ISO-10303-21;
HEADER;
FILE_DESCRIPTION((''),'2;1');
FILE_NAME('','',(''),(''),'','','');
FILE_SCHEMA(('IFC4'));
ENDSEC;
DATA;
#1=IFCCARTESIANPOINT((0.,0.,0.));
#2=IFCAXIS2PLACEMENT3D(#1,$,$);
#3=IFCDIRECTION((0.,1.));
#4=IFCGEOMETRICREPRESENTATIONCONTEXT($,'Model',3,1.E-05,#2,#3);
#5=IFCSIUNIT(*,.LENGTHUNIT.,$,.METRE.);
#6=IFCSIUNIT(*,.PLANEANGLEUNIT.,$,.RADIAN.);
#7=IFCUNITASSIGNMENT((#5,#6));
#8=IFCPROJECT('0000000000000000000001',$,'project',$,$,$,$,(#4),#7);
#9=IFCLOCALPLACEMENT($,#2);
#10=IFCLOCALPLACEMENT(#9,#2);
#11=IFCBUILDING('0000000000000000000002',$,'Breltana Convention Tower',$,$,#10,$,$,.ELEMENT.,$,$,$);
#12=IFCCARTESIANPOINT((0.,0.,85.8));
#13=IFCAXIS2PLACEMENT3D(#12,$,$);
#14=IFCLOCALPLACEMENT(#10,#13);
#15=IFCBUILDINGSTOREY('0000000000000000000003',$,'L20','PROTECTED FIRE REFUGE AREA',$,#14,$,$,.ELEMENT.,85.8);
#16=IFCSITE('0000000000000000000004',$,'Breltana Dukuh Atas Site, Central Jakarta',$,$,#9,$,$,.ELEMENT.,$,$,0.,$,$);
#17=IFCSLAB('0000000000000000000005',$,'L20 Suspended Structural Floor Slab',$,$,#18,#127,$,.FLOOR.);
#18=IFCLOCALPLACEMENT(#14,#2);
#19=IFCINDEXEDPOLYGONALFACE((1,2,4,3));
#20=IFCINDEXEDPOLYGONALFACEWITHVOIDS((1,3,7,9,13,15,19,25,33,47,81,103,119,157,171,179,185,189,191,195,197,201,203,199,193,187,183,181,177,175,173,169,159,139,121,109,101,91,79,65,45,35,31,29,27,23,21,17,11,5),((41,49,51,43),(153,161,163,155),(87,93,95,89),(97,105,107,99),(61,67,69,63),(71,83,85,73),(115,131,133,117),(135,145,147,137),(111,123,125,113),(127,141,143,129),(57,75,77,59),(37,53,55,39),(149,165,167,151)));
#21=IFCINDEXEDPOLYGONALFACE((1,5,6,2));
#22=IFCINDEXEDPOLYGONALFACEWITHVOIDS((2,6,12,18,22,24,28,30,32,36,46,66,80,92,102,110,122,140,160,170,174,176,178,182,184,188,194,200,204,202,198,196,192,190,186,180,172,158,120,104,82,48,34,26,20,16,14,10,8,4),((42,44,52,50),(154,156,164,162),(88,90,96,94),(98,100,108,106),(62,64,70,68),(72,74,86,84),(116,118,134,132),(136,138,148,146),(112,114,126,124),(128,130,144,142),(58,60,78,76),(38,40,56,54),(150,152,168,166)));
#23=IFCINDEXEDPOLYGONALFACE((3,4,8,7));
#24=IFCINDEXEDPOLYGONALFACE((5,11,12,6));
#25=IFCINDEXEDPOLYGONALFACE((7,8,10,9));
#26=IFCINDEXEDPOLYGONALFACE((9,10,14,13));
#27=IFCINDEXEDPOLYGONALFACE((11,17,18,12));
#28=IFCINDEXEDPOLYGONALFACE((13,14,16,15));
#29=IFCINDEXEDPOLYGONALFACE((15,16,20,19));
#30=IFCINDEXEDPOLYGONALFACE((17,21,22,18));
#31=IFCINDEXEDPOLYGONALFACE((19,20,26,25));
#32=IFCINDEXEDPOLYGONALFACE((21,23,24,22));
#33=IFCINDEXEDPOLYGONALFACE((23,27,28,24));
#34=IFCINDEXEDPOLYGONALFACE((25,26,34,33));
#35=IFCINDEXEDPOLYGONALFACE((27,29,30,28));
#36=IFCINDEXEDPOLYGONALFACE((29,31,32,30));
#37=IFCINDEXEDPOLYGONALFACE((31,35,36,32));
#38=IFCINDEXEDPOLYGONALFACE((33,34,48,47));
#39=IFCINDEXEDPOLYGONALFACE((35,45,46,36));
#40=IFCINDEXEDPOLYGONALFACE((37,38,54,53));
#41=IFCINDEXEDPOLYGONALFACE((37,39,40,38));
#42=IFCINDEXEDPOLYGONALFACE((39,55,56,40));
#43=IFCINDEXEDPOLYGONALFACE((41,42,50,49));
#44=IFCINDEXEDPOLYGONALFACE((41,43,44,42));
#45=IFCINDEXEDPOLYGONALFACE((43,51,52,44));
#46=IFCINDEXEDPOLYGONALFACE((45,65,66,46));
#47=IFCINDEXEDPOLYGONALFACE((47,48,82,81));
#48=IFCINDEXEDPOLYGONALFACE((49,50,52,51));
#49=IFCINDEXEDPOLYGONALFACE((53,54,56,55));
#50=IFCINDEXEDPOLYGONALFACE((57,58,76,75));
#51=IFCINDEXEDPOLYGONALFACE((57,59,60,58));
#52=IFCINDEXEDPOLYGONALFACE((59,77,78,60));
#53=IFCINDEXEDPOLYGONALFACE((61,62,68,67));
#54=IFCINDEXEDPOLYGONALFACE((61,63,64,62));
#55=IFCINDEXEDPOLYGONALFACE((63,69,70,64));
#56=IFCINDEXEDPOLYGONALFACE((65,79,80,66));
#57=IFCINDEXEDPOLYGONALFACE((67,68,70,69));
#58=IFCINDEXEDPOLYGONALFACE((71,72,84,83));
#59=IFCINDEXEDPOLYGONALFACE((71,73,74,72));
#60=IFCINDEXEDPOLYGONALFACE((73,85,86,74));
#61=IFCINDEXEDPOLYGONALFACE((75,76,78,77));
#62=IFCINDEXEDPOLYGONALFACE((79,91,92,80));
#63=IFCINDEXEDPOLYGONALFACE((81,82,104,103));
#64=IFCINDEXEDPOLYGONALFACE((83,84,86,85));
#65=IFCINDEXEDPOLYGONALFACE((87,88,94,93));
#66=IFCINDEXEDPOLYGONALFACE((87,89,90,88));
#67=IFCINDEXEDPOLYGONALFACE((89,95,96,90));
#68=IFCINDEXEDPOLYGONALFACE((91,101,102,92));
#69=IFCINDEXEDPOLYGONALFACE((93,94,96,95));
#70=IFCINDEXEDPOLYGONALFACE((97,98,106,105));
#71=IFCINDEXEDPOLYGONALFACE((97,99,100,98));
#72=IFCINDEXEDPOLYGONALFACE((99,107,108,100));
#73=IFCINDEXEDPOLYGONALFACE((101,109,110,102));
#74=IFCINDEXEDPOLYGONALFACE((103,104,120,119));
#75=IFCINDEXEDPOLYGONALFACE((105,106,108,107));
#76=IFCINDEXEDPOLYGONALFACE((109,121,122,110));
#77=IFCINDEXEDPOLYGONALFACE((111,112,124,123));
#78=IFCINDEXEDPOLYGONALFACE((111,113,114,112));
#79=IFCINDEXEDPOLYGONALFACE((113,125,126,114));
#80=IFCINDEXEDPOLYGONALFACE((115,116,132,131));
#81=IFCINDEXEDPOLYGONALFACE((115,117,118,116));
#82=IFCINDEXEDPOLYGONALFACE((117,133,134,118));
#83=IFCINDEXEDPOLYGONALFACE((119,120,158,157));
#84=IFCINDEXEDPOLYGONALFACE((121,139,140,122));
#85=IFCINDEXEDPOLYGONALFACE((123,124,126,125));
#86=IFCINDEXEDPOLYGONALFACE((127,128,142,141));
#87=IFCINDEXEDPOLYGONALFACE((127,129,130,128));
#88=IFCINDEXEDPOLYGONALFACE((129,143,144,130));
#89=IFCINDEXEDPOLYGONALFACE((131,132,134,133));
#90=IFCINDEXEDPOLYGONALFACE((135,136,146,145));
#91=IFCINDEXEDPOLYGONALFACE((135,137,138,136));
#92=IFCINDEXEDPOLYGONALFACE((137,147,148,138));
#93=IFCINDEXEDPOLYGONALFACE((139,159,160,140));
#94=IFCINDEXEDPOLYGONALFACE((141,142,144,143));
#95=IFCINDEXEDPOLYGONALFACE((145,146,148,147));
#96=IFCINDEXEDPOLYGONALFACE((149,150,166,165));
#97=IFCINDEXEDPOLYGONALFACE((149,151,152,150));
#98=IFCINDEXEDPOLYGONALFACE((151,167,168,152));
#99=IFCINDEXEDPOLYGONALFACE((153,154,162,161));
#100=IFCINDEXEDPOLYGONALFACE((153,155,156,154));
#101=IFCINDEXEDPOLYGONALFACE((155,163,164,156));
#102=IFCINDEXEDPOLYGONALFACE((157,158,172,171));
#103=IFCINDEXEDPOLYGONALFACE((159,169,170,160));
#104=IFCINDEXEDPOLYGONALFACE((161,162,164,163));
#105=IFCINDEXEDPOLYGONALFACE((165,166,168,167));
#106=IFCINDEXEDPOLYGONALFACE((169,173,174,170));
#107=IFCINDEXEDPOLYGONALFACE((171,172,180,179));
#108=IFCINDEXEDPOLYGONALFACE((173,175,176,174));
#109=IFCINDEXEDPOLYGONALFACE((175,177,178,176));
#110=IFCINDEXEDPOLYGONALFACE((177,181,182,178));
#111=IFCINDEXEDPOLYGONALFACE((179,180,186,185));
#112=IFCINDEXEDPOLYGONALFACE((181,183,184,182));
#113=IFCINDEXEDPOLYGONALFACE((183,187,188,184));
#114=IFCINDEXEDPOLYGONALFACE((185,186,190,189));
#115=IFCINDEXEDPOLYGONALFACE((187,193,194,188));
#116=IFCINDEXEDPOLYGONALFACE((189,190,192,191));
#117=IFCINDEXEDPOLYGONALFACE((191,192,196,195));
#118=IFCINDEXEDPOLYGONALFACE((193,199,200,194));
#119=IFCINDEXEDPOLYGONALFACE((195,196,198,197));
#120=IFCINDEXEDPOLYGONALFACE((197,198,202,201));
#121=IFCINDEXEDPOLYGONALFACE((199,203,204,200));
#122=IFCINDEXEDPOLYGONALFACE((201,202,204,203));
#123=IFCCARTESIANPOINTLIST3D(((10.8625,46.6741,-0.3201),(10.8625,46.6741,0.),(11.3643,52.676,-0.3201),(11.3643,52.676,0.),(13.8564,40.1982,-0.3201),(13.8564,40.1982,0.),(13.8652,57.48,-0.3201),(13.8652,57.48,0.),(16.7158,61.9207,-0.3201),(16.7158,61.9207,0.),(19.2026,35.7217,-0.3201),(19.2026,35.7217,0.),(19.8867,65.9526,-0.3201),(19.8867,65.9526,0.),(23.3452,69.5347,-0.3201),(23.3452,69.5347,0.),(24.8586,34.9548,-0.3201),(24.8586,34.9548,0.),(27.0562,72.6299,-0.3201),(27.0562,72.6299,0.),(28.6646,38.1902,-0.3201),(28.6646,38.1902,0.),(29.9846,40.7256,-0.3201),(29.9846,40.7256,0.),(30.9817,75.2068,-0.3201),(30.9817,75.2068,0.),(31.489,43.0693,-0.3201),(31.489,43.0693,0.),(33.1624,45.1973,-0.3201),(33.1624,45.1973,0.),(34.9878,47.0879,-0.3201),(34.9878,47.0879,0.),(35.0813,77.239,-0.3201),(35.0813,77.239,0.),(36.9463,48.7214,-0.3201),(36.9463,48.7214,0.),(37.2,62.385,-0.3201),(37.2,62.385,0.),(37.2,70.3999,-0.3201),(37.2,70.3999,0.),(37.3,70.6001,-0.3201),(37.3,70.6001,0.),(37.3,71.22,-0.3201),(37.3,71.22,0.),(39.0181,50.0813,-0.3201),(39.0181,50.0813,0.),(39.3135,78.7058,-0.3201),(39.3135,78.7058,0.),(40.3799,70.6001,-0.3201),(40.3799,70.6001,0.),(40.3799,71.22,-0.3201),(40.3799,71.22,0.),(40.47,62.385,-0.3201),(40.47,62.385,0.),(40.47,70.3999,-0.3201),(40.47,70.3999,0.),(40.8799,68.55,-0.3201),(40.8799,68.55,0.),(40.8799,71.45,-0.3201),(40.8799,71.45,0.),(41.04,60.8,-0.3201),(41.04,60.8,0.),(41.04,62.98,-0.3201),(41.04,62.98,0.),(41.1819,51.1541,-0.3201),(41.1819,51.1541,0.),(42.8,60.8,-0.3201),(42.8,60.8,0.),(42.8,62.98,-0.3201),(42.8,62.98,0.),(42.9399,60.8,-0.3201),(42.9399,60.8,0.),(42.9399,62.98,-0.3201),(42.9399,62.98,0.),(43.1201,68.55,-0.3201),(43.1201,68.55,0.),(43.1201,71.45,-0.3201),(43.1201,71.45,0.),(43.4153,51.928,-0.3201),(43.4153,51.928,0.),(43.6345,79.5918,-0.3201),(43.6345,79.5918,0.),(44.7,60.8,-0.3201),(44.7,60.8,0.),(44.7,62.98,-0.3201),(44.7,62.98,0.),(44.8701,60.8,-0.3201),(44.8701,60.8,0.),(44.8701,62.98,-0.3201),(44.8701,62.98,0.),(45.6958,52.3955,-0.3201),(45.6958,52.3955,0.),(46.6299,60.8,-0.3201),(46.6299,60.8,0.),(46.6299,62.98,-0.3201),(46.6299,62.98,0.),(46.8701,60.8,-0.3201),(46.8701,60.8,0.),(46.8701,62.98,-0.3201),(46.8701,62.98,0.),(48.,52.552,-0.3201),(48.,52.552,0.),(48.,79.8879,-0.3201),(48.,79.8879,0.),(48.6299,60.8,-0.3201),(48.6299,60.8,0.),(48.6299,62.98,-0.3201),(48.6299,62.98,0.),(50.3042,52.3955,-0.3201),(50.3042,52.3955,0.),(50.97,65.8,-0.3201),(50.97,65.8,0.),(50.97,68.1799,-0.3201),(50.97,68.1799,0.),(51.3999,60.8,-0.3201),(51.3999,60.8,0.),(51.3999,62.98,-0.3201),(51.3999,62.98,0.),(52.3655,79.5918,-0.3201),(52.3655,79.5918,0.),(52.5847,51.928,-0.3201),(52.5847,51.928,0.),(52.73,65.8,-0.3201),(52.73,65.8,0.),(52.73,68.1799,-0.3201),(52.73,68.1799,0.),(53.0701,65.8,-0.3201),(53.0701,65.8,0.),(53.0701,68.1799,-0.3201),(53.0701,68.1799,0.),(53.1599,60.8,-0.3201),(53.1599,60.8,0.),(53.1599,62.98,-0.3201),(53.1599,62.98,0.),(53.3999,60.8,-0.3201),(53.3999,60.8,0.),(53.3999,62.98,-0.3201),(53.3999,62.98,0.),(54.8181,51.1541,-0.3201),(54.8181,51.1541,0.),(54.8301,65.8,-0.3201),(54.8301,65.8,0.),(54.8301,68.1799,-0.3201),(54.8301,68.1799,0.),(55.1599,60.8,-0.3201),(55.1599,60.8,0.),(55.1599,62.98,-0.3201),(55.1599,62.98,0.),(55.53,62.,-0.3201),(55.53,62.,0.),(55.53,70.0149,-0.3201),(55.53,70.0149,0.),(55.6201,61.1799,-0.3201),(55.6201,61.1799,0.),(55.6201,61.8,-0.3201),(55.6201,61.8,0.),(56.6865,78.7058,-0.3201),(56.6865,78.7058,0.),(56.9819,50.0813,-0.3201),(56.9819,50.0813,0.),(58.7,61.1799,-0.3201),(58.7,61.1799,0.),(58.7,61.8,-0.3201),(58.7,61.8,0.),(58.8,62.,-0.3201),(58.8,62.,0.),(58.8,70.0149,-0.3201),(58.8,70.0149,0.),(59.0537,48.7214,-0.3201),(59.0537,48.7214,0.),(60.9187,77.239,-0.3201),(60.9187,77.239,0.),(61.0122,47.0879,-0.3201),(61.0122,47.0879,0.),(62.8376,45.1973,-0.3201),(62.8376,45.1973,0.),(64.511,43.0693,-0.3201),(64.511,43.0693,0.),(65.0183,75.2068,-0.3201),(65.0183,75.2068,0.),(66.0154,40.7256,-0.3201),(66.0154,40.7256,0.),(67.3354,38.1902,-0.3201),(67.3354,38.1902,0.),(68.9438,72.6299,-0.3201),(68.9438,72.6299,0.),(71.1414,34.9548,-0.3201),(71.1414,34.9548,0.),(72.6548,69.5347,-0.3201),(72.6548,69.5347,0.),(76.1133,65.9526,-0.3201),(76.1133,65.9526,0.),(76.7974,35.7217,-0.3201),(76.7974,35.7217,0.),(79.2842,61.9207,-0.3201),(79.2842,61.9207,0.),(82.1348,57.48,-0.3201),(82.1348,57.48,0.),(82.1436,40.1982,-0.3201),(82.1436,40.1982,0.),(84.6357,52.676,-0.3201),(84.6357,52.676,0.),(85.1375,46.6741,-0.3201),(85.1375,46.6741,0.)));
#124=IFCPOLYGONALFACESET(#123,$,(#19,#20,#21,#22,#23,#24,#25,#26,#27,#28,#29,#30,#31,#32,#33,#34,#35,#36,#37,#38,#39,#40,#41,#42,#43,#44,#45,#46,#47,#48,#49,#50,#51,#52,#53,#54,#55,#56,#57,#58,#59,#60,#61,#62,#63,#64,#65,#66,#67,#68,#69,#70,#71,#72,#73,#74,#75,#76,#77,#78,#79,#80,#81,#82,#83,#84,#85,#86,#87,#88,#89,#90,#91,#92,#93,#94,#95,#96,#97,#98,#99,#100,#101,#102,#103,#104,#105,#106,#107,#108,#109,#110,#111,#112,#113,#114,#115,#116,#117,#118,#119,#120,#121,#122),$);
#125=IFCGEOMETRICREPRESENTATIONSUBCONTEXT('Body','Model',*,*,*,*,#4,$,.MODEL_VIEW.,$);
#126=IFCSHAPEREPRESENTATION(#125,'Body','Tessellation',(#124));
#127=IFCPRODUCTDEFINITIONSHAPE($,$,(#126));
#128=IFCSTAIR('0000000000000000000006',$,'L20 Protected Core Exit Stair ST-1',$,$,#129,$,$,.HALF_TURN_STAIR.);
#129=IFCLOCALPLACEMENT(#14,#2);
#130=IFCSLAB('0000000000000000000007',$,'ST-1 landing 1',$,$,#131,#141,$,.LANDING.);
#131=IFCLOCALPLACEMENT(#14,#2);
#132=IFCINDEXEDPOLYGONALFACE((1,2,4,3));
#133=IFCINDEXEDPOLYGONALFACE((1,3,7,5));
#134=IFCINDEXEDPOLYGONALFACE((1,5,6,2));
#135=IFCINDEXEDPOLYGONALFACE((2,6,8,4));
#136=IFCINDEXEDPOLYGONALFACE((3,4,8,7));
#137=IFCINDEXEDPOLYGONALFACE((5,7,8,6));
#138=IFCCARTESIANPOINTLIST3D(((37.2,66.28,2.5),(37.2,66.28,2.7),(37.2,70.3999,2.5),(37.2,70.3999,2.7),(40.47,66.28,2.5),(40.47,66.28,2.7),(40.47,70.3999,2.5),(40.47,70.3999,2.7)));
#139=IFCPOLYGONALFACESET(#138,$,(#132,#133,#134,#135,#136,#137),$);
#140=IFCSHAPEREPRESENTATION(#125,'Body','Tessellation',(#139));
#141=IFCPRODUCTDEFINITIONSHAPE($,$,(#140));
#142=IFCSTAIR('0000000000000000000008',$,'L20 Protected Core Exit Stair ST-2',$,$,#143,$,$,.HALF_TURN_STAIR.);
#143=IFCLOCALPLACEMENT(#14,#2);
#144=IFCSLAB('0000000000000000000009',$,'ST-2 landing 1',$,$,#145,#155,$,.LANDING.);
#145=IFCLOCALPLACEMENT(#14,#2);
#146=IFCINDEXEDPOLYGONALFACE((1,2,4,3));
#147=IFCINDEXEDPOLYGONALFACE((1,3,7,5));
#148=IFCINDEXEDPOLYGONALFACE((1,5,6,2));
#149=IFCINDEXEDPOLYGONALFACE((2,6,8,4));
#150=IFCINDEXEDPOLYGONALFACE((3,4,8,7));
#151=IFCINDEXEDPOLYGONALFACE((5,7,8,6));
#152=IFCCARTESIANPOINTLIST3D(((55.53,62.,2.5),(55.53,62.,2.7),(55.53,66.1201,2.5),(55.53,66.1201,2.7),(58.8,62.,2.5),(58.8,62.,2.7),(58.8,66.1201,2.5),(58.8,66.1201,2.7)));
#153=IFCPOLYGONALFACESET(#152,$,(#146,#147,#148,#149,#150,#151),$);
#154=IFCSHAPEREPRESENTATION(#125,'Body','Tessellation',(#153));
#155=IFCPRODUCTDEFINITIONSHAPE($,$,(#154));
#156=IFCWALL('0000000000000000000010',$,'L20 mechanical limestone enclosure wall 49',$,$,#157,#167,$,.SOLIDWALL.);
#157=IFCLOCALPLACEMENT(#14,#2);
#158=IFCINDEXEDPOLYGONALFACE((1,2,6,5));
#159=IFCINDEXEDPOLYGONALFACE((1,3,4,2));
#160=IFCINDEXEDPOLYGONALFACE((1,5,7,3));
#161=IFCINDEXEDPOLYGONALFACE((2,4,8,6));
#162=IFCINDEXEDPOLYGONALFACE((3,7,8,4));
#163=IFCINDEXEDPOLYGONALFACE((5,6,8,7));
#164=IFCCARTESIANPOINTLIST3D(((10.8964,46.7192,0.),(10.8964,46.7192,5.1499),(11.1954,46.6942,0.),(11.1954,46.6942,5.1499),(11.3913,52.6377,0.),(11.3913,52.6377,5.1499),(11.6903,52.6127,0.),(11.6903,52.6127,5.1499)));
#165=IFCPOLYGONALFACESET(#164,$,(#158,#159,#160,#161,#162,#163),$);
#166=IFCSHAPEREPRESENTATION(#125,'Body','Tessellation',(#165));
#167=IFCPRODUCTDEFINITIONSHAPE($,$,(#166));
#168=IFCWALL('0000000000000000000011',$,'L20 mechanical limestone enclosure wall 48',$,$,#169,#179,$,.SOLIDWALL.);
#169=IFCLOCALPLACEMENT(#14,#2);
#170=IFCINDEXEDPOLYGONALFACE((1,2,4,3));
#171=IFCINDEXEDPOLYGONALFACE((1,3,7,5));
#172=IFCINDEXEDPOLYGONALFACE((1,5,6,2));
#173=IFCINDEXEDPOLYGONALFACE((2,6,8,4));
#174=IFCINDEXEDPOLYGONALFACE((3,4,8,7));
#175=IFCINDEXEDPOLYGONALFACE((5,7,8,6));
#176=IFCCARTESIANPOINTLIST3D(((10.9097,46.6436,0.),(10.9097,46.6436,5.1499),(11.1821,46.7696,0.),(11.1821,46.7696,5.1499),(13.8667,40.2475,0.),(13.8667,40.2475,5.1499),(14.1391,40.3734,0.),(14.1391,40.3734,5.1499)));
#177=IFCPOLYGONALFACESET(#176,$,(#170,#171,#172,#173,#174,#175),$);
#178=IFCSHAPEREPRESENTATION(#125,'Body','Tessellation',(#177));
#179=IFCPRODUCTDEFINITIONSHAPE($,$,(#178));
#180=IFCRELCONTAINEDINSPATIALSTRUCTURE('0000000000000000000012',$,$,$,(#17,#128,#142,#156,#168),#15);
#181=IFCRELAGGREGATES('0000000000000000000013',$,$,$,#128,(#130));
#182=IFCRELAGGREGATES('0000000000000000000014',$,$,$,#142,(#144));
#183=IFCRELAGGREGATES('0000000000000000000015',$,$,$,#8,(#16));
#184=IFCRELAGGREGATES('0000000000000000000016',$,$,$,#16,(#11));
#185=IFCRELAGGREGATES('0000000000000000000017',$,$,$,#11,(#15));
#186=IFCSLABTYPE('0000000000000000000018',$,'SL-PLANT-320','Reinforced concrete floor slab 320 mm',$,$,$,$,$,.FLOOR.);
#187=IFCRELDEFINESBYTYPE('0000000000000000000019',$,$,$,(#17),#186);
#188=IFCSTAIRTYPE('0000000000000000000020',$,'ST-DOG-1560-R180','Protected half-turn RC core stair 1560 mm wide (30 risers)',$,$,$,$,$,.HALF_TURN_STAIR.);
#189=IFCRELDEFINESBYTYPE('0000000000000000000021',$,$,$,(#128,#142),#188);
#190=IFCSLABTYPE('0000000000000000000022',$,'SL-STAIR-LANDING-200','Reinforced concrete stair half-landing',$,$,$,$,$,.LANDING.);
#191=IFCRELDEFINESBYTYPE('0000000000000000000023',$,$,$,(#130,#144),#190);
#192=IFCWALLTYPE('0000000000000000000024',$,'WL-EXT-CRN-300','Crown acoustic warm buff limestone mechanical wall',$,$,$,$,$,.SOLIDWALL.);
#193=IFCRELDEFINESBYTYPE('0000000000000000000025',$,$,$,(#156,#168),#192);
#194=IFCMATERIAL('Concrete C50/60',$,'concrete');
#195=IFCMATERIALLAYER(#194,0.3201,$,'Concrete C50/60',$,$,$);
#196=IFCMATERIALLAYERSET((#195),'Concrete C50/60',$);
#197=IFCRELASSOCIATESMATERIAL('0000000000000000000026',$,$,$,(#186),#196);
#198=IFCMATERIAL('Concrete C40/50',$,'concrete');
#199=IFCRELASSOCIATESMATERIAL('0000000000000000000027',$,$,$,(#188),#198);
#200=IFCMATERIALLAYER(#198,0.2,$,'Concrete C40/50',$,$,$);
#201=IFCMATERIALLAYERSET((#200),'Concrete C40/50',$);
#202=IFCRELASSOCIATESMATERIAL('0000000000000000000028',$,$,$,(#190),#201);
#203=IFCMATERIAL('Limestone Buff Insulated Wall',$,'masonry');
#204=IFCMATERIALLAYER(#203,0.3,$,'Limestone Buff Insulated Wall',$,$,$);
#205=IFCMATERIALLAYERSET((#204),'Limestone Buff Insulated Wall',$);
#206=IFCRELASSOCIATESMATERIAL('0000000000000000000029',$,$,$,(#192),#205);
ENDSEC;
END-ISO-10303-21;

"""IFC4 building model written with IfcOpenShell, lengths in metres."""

from ifc_helpers import new_model, si_unit, direction, frame, frame_2d, origin, place, context, subcontext, project, spatial, polyline, rectangle, outline, extrude, source, transform, mapped, material, layer, layer_set, type_object, type_shapes, element, aggregate, save


model = new_model("IFC4")

# Units and contexts
model_context = context("Model", 3, precision=1e-05, world=origin(), true_north=direction((0.0, 1.0)))
body_context = subcontext(model_context, "Body", "Model", "MODEL_VIEW")
ifc_project = project(units=[si_unit("LENGTHUNIT", "METRE"), si_unit("PLANEANGLEUNIT", "RADIAN")], contexts=[model_context])

# Site, building, storey
site_placement = place(None, origin())
site = spatial("IfcSite", under=ifc_project, at=site_placement, Name="Breltana Dukuh Atas Site, Central Jakarta", CompositionType="ELEMENT", RefElevation=0.0)
building_placement = place(site_placement, origin())
building = spatial("IfcBuilding", under=site, at=building_placement, Name="Breltana Convention Tower", CompositionType="ELEMENT")
storey_placement = place(building_placement, frame((0.0, 0.0, 85.8)))
storey = spatial("IfcBuildingStorey", under=building, at=storey_placement, Name="L20", Description="PROTECTED FIRE REFUGE AREA", CompositionType="ELEMENT", Elevation=85.8)

# Slab
ifc_material_1 = material(Name="Concrete C50/60", Category="concrete")
ifc_layer_1 = layer(ifc_material_1, 0.3201, Name="Concrete C50/60")
ifc_layer_set_1 = layer_set([ifc_layer_1], Name="Concrete C50/60")
slab_type_1 = type_object("IfcSlabType", Name="SL-PLANT-320", Description="Reinforced concrete floor slab 320 mm", PredefinedType="FLOOR", material=ifc_layer_set_1)
slab_1_placement = place(storey_placement, frame((0.0, 0.0, -0.3201)))
element("IfcSlab", 1, at=slab_1_placement, inside=storey, type_object=slab_type_1, Name="L20 Suspended Structural Floor Slab", PredefinedType="FLOOR", context=body_context, shape_type="SweptSolid", body=[
    extrude(outline(polyline([(84.6357, 52.676), (82.1348, 57.48), (79.2842, 61.9207), (76.1133, 65.9526), (72.6548, 69.5347), (68.9438, 72.6299), (65.0183, 75.2068), (60.9187, 77.239), (56.6865, 78.7058), (52.3655, 79.5918), (48.0, 79.8879), (43.6345, 79.5918), (39.3135, 78.7058), (35.0813, 77.239), (30.9817, 75.2068), (27.0562, 72.6299), (23.3452, 69.5347), (19.8867, 65.9526), (16.7158, 61.9207), (13.8652, 57.48), (11.3643, 52.676), (10.8625, 46.6741), (13.8564, 40.1982), (19.2026, 35.7217), (24.8586, 34.9548), (28.6646, 38.1902), (29.9846, 40.7256), (31.489, 43.0693), (33.1624, 45.1973), (34.9878, 47.0879), (36.9463, 48.7214), (39.0181, 50.0813), (41.1819, 51.1541), (43.4153, 51.928), (45.6958, 52.3955), (48.0, 52.552), (50.3042, 52.3955), (52.5847, 51.928), (54.8181, 51.1541), (56.9819, 50.0813), (59.0537, 48.7214), (61.0122, 47.0879), (62.8376, 45.1973), (64.511, 43.0693), (66.0154, 40.7256), (67.3354, 38.1902), (71.1414, 34.9548), (76.7974, 35.7217), (82.1436, 40.1982), (85.1375, 46.6741), (84.6357, 52.676)]), holes=[polyline([(37.2, 62.385), (40.47, 62.385), (40.47, 70.3999), (37.2, 70.3999), (37.2, 62.385)]), polyline([(55.53, 62.0), (58.8, 62.0), (58.8, 70.0149), (55.53, 70.0149), (55.53, 62.0)]), polyline([(41.04, 60.8), (42.8, 60.8), (42.8, 62.98), (41.04, 62.98), (41.04, 60.8)]), polyline([(42.9399, 60.8), (44.7, 60.8), (44.7, 62.98), (42.9399, 62.98), (42.9399, 60.8)]), polyline([(44.8701, 60.8), (46.6299, 60.8), (46.6299, 62.98), (44.8701, 62.98), (44.8701, 60.8)]), polyline([(46.8701, 60.8), (48.6299, 60.8), (48.6299, 62.98), (46.8701, 62.98), (46.8701, 60.8)]), polyline([(51.3999, 60.8), (53.1599, 60.8), (53.1599, 62.98), (51.3999, 62.98), (51.3999, 60.8)]), polyline([(53.3999, 60.8), (55.1599, 60.8), (55.1599, 62.98), (53.3999, 62.98), (53.3999, 60.8)]), polyline([(50.97, 65.8), (52.73, 65.8), (52.73, 68.1799), (50.97, 68.1799), (50.97, 65.8)]), polyline([(53.0701, 65.8), (54.8301, 65.8), (54.8301, 68.1799), (53.0701, 68.1799), (53.0701, 65.8)]), polyline([(40.8799, 68.55), (43.1201, 68.55), (43.1201, 71.45), (40.8799, 71.45), (40.8799, 68.55)]), polyline([(37.3, 70.6001), (40.3799, 70.6001), (40.3799, 71.22), (37.3, 71.22), (37.3, 70.6001)]), polyline([(55.6201, 61.1799), (58.7, 61.1799), (58.7, 61.8), (55.6201, 61.8), (55.6201, 61.1799)])]), origin(), (0.0, 0.0, 1.0), 0.3201),
])

# Stairs, slabs
ifc_material_2 = material(Name="Concrete C40/50", Category="concrete")
stair_type = type_object("IfcStairType", Name="ST-DOG-1560-R180", Description="Protected half-turn RC core stair 1560 mm wide (30 risers)", PredefinedType="HALF_TURN_STAIR", material=ifc_material_2)
stair_1_placement = place(storey_placement, origin())
stair_1 = element("IfcStair", 2, at=stair_1_placement, inside=storey, type_object=stair_type, Name="L20 Protected Core Exit Stair ST-1", PredefinedType="HALF_TURN_STAIR")
ifc_layer_2 = layer(ifc_material_2, 0.2, Name="Concrete C40/50")
ifc_layer_set_2 = layer_set([ifc_layer_2], Name="Concrete C40/50")
slab_type_2 = type_object("IfcSlabType", Name="SL-STAIR-LANDING-200", Description="Reinforced concrete stair half-landing", PredefinedType="LANDING", material=ifc_layer_set_2)
slab_2_placement = place(storey_placement, frame((0.0, 0.0, 2.5)))
slab_2 = element("IfcSlab", 3, at=slab_2_placement, type_object=slab_type_2, Name="ST-1 landing 1", PredefinedType="LANDING", context=body_context, shape_type="SweptSolid", body=[
    extrude(outline(polyline([(40.47, 66.28), (40.47, 70.3999), (37.2, 70.3999), (37.2, 66.28), (40.47, 66.28)])), origin(), (0.0, 0.0, 1.0), 0.2),
])
aggregate(stair_1, [slab_2])
stair_2_placement = place(storey_placement, origin())
stair_2 = element("IfcStair", 4, at=stair_2_placement, inside=storey, type_object=stair_type, Name="L20 Protected Core Exit Stair ST-2", PredefinedType="HALF_TURN_STAIR")
slab_3_placement = place(storey_placement, frame((0.0, 0.0, 2.5)))
slab_3 = element("IfcSlab", 5, at=slab_3_placement, type_object=slab_type_2, Name="ST-2 landing 1", PredefinedType="LANDING", context=body_context, shape_type="SweptSolid", body=[
    extrude(outline(polyline([(55.53, 66.1201), (55.53, 62.0), (58.8, 62.0), (58.8, 66.1201), (55.53, 66.1201)])), origin(), (0.0, 0.0, 1.0), 0.2),
])
aggregate(stair_2, [slab_3])

# Walls
ifc_material_3 = material(Name="Limestone Buff Insulated Wall", Category="masonry")
ifc_layer_3 = layer(ifc_material_3, 0.3, Name="Limestone Buff Insulated Wall")
ifc_layer_set_3 = layer_set([ifc_layer_3], Name="Limestone Buff Insulated Wall")
wall_type_1 = type_object("IfcWallType", Name="WL-EXT-CRN-300", Description="Crown acoustic warm buff limestone mechanical wall", PredefinedType="SOLIDWALL", material=ifc_layer_set_3)
shared_shape_1 = source(origin(), body_context, "Body", "SweptSolid", [
    extrude(rectangle(XDim=5.9392, YDim=0.3, at=frame_2d((2.9697, 0.0))), origin(), (0.0, 0.0, 1.0), 5.1499),
])
type_shapes(wall_type_1, [shared_shape_1])
wall_1_placement = place(storey_placement, frame((11.0459, 46.7065, 0.0), z_axis=(0.0, 0.0, 1.0), x_axis=(0.083324, 0.996522, 0.0)))
element("IfcWall", 6, at=wall_1_placement, inside=storey, type_object=wall_type_1, Name="L20 mechanical limestone enclosure wall 49", PredefinedType="SOLIDWALL", context=body_context, shape_type="MappedRepresentation", body=[
    mapped(shared_shape_1, transform((0.0, 0.0, 0.0), scale=1.0)),
])
shared_shape_2 = source(origin(), body_context, "Body", "SweptSolid", [
    extrude(rectangle(XDim=7.0466, YDim=0.3, at=frame_2d((3.5234, 0.0))), origin(), (0.0, 0.0, 1.0), 5.1499),
])
wall_2_placement = place(storey_placement, frame((14.0029, 40.3103, 0.0), z_axis=(0.0, 0.0, 1.0), x_axis=(-0.419634, 0.907694, 0.0)))
element("IfcWall", 7, at=wall_2_placement, inside=storey, type_object=wall_type_1, Name="L20 mechanical limestone enclosure wall 48", PredefinedType="SOLIDWALL", context=body_context, shape_type="MappedRepresentation", body=[
    mapped(shared_shape_2, transform((0.0, 0.0, 0.0), scale=1.0)),
])

save(model, "model.ifc")
